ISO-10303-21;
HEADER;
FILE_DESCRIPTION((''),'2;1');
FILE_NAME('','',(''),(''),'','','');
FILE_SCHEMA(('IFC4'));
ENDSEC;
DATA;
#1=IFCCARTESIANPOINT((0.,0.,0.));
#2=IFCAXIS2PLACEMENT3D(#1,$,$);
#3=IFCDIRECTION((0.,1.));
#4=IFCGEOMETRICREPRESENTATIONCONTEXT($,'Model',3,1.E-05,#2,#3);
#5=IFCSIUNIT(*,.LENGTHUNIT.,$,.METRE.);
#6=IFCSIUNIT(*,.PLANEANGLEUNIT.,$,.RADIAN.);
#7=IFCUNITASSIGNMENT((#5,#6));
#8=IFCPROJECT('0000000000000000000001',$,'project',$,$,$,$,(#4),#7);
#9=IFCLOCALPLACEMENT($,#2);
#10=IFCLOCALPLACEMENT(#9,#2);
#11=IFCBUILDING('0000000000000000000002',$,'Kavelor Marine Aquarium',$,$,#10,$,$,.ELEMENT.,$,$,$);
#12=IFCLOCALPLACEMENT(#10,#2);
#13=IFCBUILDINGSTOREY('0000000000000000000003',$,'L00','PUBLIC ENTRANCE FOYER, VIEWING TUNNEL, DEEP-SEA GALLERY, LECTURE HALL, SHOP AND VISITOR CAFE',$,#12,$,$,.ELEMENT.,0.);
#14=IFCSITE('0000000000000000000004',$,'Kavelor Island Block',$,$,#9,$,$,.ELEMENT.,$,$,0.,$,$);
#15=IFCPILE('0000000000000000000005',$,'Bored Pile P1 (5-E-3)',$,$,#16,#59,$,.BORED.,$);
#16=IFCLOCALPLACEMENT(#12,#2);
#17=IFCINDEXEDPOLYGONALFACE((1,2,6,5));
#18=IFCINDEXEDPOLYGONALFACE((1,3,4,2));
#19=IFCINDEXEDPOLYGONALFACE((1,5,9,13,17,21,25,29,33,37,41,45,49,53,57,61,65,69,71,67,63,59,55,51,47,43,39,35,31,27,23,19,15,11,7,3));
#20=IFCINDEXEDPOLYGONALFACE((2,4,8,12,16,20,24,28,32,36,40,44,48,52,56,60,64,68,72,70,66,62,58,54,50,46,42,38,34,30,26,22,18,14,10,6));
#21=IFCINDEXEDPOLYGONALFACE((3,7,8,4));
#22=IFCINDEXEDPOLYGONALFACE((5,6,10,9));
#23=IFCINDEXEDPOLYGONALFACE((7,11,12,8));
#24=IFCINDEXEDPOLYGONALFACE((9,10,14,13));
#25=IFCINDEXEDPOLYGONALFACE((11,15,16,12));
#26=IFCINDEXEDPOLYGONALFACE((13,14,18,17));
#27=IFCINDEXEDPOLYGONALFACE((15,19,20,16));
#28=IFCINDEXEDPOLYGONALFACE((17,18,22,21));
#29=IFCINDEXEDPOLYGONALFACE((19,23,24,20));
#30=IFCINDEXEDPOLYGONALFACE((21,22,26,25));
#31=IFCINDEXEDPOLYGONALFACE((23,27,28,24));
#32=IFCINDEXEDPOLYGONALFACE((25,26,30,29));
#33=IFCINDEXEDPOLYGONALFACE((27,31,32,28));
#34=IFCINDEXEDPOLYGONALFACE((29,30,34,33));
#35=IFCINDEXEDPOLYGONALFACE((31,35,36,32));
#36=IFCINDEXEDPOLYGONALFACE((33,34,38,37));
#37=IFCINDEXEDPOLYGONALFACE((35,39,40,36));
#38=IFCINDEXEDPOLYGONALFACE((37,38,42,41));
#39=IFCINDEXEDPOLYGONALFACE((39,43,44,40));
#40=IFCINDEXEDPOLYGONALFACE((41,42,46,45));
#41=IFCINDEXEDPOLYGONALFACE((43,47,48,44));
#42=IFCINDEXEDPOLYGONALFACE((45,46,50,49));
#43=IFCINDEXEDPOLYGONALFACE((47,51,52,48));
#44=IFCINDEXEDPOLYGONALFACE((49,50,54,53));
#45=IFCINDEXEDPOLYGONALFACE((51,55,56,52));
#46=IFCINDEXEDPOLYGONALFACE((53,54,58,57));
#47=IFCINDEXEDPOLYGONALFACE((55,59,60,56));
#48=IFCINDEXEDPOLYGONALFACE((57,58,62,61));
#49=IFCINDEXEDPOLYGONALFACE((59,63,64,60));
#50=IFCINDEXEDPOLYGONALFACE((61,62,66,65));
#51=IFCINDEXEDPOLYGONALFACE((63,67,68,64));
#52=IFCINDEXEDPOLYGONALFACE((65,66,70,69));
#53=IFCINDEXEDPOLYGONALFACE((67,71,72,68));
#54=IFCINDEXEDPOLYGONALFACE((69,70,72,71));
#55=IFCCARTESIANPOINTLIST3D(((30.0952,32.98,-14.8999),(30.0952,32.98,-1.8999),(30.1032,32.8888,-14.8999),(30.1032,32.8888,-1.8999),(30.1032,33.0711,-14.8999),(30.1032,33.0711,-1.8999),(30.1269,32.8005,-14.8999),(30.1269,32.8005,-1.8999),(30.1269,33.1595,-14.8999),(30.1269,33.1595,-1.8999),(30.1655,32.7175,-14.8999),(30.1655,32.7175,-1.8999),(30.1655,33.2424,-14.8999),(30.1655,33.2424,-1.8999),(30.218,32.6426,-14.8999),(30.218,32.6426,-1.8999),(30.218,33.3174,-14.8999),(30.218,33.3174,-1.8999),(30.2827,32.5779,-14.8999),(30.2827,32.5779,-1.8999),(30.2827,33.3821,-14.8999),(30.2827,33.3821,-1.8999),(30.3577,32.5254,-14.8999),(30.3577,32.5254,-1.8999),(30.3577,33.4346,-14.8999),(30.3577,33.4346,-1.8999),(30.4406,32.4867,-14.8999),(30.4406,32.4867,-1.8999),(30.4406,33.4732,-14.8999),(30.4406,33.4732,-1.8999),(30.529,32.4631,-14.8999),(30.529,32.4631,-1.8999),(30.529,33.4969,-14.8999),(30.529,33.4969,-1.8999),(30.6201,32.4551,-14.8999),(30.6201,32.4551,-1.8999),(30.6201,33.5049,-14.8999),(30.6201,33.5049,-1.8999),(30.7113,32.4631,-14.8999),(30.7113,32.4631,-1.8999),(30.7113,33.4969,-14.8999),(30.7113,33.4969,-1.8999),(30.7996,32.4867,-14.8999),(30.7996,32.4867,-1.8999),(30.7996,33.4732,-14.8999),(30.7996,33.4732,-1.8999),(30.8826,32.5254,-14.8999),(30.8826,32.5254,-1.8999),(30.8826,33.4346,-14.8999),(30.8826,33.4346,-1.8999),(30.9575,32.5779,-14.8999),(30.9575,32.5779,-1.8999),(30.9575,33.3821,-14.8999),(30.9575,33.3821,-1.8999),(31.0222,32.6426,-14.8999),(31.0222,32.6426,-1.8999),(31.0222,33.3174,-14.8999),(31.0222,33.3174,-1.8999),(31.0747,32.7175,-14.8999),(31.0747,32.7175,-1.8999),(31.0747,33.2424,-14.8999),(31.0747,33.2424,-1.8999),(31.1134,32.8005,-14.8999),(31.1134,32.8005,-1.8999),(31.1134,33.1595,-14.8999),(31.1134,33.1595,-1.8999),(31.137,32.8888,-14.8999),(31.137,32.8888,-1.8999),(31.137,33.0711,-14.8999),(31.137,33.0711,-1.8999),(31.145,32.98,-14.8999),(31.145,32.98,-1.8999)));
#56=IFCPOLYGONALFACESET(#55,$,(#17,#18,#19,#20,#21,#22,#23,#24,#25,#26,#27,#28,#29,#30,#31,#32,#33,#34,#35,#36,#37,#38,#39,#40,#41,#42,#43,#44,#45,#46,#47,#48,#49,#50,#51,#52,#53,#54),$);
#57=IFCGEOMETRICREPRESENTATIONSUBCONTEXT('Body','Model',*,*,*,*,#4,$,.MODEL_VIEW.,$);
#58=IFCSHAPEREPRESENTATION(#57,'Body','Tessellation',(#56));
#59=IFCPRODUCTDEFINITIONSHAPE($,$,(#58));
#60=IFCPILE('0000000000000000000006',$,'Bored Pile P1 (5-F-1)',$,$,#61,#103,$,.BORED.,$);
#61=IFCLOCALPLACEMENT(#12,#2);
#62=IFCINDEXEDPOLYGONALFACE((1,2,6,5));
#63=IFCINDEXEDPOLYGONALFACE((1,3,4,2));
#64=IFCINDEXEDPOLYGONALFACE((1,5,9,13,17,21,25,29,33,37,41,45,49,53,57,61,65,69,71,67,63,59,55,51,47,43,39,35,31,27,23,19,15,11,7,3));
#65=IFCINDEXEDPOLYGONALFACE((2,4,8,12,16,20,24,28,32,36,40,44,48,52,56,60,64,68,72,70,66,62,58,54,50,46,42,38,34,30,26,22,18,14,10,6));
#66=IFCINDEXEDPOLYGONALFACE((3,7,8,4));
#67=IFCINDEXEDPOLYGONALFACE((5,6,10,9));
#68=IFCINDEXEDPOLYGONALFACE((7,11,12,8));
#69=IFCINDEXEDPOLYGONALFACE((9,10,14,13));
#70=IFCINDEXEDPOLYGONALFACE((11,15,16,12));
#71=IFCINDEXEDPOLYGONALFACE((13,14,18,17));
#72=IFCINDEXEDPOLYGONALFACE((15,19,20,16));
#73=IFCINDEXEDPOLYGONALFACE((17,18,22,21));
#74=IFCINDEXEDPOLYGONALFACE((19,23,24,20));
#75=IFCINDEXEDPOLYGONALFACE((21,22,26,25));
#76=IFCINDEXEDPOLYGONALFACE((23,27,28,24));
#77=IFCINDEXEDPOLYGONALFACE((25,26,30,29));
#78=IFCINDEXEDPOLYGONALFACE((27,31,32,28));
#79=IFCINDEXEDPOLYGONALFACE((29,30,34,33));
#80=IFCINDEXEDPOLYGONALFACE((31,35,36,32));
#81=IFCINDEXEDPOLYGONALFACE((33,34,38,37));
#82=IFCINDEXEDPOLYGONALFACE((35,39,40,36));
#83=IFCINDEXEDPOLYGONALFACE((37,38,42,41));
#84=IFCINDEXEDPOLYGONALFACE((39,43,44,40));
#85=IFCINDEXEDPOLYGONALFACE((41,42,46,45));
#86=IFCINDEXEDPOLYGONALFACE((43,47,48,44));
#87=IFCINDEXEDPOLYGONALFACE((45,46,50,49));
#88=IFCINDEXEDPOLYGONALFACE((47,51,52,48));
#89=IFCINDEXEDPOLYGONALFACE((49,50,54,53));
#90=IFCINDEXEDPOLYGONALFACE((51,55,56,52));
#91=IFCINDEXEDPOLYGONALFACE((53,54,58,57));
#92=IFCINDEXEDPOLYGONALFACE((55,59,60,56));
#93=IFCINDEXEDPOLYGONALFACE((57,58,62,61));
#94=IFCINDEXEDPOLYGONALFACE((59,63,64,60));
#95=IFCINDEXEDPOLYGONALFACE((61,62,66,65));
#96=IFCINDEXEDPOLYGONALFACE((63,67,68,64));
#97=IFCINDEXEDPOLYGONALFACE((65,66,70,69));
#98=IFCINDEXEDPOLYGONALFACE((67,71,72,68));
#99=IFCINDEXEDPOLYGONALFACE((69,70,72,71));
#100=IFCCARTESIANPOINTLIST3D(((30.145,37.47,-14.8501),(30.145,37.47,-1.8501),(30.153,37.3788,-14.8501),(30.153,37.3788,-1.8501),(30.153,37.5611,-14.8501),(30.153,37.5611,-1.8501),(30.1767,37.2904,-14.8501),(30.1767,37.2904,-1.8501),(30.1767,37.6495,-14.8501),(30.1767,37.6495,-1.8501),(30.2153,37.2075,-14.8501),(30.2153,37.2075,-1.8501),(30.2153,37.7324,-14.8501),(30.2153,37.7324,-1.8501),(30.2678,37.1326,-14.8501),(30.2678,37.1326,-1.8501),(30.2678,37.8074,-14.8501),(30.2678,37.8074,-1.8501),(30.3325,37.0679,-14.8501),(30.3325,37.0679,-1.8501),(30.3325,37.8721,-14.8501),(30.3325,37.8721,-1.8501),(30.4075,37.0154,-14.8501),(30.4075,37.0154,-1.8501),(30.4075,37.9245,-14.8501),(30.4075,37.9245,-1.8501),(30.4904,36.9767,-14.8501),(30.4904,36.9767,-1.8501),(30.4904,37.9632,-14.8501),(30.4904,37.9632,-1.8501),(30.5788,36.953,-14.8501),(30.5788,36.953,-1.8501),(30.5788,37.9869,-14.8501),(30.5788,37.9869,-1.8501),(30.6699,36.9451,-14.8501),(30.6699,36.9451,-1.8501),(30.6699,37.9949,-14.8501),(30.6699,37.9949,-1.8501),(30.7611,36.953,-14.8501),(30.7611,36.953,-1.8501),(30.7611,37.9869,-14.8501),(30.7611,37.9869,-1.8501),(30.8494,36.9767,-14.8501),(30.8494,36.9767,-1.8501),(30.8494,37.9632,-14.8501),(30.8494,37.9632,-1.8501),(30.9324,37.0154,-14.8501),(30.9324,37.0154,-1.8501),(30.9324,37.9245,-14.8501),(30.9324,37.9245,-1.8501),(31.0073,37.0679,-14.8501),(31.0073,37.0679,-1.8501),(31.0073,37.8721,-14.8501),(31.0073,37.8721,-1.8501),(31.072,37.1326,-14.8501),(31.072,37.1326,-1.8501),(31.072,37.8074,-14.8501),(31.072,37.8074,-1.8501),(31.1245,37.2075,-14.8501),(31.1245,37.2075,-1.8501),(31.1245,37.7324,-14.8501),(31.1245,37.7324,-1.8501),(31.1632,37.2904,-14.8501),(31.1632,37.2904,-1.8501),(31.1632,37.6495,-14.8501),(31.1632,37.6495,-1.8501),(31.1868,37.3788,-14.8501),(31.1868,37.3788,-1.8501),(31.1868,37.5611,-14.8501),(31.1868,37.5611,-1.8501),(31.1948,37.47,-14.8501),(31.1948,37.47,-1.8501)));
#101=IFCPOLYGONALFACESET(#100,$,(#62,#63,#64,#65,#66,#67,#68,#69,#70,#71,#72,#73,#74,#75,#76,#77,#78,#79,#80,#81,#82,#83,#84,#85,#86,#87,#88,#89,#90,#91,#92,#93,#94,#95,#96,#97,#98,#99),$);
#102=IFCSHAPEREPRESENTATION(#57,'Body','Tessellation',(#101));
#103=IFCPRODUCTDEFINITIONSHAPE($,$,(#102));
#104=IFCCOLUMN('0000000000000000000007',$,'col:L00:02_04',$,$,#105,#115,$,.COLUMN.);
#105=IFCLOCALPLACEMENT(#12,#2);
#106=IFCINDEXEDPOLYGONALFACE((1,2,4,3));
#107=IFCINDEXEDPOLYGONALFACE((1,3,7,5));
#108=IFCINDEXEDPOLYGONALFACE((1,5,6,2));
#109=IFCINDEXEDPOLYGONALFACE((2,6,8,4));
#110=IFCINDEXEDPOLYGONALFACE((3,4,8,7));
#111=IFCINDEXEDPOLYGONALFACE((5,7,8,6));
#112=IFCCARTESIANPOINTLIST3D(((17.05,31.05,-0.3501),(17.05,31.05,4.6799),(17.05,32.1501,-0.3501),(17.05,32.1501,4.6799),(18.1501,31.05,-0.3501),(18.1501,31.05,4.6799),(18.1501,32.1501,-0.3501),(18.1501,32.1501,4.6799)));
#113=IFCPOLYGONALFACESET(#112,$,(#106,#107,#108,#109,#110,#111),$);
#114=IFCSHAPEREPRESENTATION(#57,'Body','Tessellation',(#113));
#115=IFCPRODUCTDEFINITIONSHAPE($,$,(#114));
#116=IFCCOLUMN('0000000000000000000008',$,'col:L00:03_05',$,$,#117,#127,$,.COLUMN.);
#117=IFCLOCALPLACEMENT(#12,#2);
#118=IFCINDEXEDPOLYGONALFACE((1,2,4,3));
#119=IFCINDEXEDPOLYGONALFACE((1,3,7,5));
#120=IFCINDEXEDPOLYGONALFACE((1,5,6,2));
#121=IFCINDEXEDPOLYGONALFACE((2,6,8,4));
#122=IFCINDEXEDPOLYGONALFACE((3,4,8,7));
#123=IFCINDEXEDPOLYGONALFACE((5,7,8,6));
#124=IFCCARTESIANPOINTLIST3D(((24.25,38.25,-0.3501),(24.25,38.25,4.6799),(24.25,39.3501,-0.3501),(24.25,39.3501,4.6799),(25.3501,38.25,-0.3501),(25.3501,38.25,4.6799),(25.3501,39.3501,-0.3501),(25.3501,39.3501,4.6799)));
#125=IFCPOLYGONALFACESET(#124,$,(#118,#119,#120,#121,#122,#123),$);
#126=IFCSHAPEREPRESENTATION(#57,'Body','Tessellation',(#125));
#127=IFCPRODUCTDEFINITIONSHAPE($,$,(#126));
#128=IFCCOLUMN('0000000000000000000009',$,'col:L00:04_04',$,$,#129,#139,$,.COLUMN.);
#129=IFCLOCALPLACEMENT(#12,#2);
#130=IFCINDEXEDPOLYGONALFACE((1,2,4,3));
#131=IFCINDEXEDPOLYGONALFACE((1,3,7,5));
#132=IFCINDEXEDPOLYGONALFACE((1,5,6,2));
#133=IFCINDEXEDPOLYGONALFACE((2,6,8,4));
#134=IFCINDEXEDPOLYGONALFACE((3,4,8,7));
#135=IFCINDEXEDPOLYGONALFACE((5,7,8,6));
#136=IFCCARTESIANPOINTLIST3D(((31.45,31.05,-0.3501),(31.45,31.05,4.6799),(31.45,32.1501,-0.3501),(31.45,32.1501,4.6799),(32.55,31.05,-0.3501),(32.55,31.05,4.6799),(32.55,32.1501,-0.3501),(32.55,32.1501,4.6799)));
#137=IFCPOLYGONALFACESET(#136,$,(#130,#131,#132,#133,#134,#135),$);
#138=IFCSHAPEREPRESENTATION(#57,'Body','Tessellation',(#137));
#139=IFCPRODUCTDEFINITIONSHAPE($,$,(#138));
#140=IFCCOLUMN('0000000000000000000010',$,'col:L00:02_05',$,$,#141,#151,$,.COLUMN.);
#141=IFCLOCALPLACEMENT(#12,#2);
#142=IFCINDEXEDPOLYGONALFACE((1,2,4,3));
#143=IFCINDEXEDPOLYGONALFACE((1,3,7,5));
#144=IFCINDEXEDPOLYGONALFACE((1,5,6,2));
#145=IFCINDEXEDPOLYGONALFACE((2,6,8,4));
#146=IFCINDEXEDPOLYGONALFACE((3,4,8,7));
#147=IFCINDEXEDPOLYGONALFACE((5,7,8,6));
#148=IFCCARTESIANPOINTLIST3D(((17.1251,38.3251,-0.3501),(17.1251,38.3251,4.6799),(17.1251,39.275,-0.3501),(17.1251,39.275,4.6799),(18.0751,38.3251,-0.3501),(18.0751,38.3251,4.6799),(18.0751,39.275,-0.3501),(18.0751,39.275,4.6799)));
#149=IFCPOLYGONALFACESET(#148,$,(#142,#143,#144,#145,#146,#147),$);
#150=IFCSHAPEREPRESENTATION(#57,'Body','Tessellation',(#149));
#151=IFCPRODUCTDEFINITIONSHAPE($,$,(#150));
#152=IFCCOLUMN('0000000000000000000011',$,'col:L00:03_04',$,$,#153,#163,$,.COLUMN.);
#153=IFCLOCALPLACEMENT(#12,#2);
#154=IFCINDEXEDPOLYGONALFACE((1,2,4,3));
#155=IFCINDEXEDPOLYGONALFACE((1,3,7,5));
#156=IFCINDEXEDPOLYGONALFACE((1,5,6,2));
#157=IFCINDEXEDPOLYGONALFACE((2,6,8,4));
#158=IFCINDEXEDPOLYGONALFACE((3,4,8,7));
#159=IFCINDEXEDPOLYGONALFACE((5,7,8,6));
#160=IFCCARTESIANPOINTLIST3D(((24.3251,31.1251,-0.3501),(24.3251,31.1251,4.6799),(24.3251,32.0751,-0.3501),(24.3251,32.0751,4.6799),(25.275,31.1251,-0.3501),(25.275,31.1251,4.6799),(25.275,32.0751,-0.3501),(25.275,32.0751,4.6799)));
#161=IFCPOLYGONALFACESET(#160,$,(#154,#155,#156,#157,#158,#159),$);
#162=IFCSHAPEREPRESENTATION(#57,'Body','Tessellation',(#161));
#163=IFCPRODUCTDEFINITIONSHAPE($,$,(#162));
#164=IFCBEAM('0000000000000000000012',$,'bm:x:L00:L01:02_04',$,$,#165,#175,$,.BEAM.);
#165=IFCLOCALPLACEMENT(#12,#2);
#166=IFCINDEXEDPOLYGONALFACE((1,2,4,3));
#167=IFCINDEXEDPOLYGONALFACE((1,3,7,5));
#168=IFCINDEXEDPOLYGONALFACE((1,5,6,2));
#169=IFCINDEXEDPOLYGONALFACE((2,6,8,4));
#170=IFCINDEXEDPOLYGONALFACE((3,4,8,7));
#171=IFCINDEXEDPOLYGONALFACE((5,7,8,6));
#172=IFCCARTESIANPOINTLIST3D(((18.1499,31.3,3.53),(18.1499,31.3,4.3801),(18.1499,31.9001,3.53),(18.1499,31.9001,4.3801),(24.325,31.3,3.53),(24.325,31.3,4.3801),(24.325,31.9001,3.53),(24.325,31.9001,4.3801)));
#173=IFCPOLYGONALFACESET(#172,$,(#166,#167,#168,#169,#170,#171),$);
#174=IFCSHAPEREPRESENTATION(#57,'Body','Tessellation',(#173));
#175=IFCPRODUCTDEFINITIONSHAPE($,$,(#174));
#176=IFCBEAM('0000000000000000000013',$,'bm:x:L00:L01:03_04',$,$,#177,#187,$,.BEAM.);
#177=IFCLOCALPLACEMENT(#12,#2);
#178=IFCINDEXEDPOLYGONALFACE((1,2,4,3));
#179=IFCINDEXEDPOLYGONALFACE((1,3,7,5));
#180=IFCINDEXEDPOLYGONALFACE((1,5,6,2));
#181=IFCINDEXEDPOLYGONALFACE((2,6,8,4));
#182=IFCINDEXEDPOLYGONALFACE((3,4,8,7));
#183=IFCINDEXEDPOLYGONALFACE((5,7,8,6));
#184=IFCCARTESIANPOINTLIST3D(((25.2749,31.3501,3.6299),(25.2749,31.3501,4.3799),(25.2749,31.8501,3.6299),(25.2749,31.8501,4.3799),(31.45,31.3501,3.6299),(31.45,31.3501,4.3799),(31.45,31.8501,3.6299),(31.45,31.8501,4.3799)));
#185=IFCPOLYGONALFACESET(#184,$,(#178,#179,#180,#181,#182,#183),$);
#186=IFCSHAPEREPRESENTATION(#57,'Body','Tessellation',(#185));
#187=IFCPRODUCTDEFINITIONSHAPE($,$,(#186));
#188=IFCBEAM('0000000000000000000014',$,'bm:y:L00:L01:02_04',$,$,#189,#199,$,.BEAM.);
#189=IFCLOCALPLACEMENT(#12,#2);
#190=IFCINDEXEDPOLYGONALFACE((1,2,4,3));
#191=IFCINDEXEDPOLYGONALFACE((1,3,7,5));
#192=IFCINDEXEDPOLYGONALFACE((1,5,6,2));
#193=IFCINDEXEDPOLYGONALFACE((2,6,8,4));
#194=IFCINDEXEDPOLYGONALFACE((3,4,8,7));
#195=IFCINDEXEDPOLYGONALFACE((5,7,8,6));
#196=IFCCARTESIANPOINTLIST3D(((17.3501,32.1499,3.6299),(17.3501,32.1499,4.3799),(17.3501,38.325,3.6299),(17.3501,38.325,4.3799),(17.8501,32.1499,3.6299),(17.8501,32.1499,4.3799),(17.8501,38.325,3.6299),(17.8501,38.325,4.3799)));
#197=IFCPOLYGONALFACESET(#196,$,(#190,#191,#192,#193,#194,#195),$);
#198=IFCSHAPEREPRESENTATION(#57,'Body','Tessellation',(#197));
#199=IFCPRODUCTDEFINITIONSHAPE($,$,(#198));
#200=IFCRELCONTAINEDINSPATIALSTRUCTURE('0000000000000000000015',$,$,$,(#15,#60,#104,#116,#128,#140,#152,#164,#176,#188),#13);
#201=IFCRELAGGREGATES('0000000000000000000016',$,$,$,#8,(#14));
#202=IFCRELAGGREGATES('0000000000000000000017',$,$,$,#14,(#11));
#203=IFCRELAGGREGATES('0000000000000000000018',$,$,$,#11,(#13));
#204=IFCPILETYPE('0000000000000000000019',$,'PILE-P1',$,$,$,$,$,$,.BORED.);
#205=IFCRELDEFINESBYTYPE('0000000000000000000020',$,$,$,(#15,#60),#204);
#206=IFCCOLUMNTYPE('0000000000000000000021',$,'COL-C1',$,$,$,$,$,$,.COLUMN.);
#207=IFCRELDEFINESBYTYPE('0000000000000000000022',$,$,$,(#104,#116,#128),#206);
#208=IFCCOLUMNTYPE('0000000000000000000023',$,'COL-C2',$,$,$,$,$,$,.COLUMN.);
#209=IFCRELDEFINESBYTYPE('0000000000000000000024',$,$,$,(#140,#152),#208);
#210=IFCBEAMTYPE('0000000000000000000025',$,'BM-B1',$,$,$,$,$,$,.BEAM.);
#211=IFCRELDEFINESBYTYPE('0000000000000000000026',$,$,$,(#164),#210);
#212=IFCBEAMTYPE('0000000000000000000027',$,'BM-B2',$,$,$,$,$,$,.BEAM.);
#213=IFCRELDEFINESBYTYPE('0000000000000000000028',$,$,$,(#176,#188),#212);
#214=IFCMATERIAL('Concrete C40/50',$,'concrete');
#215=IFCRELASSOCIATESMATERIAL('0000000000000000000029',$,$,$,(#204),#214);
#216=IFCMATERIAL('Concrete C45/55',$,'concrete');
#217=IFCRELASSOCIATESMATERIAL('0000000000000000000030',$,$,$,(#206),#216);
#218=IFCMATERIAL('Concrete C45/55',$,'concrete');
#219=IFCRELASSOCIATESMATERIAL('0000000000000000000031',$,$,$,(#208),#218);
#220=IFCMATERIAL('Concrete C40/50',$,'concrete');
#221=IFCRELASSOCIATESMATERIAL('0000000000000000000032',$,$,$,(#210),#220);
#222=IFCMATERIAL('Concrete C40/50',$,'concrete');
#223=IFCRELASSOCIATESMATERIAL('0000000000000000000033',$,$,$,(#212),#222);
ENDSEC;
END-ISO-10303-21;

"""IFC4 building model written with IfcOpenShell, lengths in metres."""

from ifc_helpers import new_model, si_unit, direction, frame, origin, origin_2d, place, context, subcontext, project, spatial, rectangle, circle, extrude, material, material_profile, profile_set, type_object, element, save


model = new_model("IFC4")

# Units and contexts
model_context = context("Model", 3, precision=1e-05, world=origin(), true_north=direction((0.0, 1.0)))
body_context = subcontext(model_context, "Body", "Model", "MODEL_VIEW")
ifc_project = project(units=[si_unit("LENGTHUNIT", "METRE"), si_unit("PLANEANGLEUNIT", "RADIAN")], contexts=[model_context])

# Site, building, storey
site_placement = place(None, origin())
site = spatial("IfcSite", under=ifc_project, at=site_placement, Name="Kavelor Island Block", CompositionType="ELEMENT", RefElevation=0.0)
building_placement = place(site_placement, origin())
building = spatial("IfcBuilding", under=site, at=building_placement, Name="Kavelor Marine Aquarium", CompositionType="ELEMENT")
storey_placement = place(building_placement, origin())
storey = spatial("IfcBuildingStorey", under=building, at=storey_placement, Name="L00", Description="PUBLIC ENTRANCE FOYER, VIEWING TUNNEL, DEEP-SEA GALLERY, LECTURE HALL, SHOP AND VISITOR CAFE", CompositionType="ELEMENT", Elevation=0.0)

# Piles
ifc_material_1 = material(Name="Concrete C40/50", Category="concrete")
ifc_material_profile_1 = material_profile(ifc_material_1, circle(Radius=0.5249, at=origin_2d()), Name="PILE D1050")
ifc_profile_set_1 = profile_set([ifc_material_profile_1], Name="Concrete C40/50")
pile_type = type_object("IfcPileType", Name="PILE-P1", PredefinedType="BORED", material=ifc_profile_set_1)
for number, where, z_axis, x_axis, name in (
    (1, (30.6201, 32.98, -1.8999), (0.0, 0.0, -1.0), (1.0, 0.0, 0.0), "Bored Pile P1 (5-E-3)"),
    (2, (30.6699, 37.47, -1.8501), (0.0, 0.0, -1.0), (1.0, 0.0, 0.0), "Bored Pile P1 (5-F-1)"),
):
    element("IfcPile", number, at=place(storey_placement, frame(where, z_axis=z_axis, x_axis=x_axis)), inside=storey, type_object=pile_type, Name=name, PredefinedType="BORED", context=body_context, shape_type="SweptSolid", body=[
        extrude(circle(Radius=0.5249, at=origin_2d()), origin(), (0.0, 0.0, 1.0), 13.0),
    ])

# Columns
ifc_material_2 = material(Name="Concrete C45/55", Category="concrete")
ifc_material_profile_2 = material_profile(ifc_material_2, rectangle(XDim=1.1001, YDim=1.1001, at=origin_2d()), Name="RC-COL 1100x1100")
ifc_profile_set_2 = profile_set([ifc_material_profile_2], Name="Concrete C45/55")
column_type_1 = type_object("IfcColumnType", Name="COL-C1", PredefinedType="COLUMN", material=ifc_profile_set_2)
for number, where, z_axis, x_axis, name in (
    (3, (17.6001, 31.6001, -0.3501), (0.0, 0.0, 1.0), (1.0, 0.0, 0.0), "col:L00:02_04"),
    (4, (24.8, 38.8, -0.3501), (0.0, 0.0, 1.0), (1.0, 0.0, 0.0), "col:L00:03_05"),
    (5, (32.0, 31.6001, -0.3501), (0.0, 0.0, 1.0), (1.0, 0.0, 0.0), "col:L00:04_04"),
):
    element("IfcColumn", number, at=place(storey_placement, frame(where, z_axis=z_axis, x_axis=x_axis)), inside=storey, type_object=column_type_1, Name=name, PredefinedType="COLUMN", context=body_context, shape_type="SweptSolid", body=[
        extrude(rectangle(XDim=1.1001, YDim=1.1001, at=origin_2d()), origin(), (0.0, 0.0, 1.0), 5.03),
    ])
ifc_material_3 = material(Name="Concrete C45/55", Category="concrete")
ifc_material_profile_3 = material_profile(ifc_material_3, rectangle(XDim=0.95, YDim=0.95, at=origin_2d()), Name="RC-COL 950x950")
ifc_profile_set_3 = profile_set([ifc_material_profile_3], Name="Concrete C45/55")
column_type_2 = type_object("IfcColumnType", Name="COL-C2", PredefinedType="COLUMN", material=ifc_profile_set_3)
for number, where, z_axis, x_axis, name in (
    (6, (17.6001, 38.8, -0.3501), (0.0, 0.0, 1.0), (1.0, 0.0, 0.0), "col:L00:02_05"),
    (7, (24.8, 31.6001, -0.3501), (0.0, 0.0, 1.0), (1.0, 0.0, 0.0), "col:L00:03_04"),
):
    element("IfcColumn", number, at=place(storey_placement, frame(where, z_axis=z_axis, x_axis=x_axis)), inside=storey, type_object=column_type_2, Name=name, PredefinedType="COLUMN", context=body_context, shape_type="SweptSolid", body=[
        extrude(rectangle(XDim=0.95, YDim=0.95, at=origin_2d()), origin(), (0.0, 0.0, 1.0), 5.03),
    ])

# Beams
ifc_material_4 = material(Name="Concrete C40/50", Category="concrete")
ifc_material_profile_4 = material_profile(ifc_material_4, rectangle(XDim=0.6001, YDim=0.8501, at=origin_2d()), Name="RC-BM 600x850")
ifc_profile_set_4 = profile_set([ifc_material_profile_4], Name="Concrete C40/50")
beam_type_1 = type_object("IfcBeamType", Name="BM-B1", PredefinedType="BEAM", material=ifc_profile_set_4)
beam_1_placement = place(storey_placement, frame((18.1499, 31.6001, 3.9551), z_axis=(1.0, 0.0, 0.0), x_axis=(0.0, 1.0, 0.0)))
element("IfcBeam", 8, at=beam_1_placement, inside=storey, type_object=beam_type_1, Name="bm:x:L00:L01:02_04", PredefinedType="BEAM", context=body_context, shape_type="SweptSolid", body=[
    extrude(rectangle(XDim=0.6001, YDim=0.8501, at=origin_2d()), origin(), (0.0, 0.0, 1.0), 6.175),
])
ifc_material_5 = material(Name="Concrete C40/50", Category="concrete")
ifc_material_profile_5 = material_profile(ifc_material_5, rectangle(XDim=0.5, YDim=0.75, at=origin_2d()), Name="RC-BM 500x750")
ifc_profile_set_5 = profile_set([ifc_material_profile_5], Name="Concrete C40/50")
beam_type_2 = type_object("IfcBeamType", Name="BM-B2", PredefinedType="BEAM", material=ifc_profile_set_5)
for number, where, z_axis, x_axis, name in (
    (9, (25.2749, 31.6001, 4.0049), (1.0, 0.0, 0.0), (0.0, 1.0, 0.0), "bm:x:L00:L01:03_04"),
    (10, (17.6001, 32.1499, 4.0049), (0.0, 1.0, 0.0), (-1.0, 0.0, 0.0), "bm:y:L00:L01:02_04"),
):
    element("IfcBeam", number, at=place(storey_placement, frame(where, z_axis=z_axis, x_axis=x_axis)), inside=storey, type_object=beam_type_2, Name=name, PredefinedType="BEAM", context=body_context, shape_type="SweptSolid", body=[
        extrude(rectangle(XDim=0.5, YDim=0.75, at=origin_2d()), origin(), (0.0, 0.0, 1.0), 6.175),
    ])

save(model, "model.ifc")
